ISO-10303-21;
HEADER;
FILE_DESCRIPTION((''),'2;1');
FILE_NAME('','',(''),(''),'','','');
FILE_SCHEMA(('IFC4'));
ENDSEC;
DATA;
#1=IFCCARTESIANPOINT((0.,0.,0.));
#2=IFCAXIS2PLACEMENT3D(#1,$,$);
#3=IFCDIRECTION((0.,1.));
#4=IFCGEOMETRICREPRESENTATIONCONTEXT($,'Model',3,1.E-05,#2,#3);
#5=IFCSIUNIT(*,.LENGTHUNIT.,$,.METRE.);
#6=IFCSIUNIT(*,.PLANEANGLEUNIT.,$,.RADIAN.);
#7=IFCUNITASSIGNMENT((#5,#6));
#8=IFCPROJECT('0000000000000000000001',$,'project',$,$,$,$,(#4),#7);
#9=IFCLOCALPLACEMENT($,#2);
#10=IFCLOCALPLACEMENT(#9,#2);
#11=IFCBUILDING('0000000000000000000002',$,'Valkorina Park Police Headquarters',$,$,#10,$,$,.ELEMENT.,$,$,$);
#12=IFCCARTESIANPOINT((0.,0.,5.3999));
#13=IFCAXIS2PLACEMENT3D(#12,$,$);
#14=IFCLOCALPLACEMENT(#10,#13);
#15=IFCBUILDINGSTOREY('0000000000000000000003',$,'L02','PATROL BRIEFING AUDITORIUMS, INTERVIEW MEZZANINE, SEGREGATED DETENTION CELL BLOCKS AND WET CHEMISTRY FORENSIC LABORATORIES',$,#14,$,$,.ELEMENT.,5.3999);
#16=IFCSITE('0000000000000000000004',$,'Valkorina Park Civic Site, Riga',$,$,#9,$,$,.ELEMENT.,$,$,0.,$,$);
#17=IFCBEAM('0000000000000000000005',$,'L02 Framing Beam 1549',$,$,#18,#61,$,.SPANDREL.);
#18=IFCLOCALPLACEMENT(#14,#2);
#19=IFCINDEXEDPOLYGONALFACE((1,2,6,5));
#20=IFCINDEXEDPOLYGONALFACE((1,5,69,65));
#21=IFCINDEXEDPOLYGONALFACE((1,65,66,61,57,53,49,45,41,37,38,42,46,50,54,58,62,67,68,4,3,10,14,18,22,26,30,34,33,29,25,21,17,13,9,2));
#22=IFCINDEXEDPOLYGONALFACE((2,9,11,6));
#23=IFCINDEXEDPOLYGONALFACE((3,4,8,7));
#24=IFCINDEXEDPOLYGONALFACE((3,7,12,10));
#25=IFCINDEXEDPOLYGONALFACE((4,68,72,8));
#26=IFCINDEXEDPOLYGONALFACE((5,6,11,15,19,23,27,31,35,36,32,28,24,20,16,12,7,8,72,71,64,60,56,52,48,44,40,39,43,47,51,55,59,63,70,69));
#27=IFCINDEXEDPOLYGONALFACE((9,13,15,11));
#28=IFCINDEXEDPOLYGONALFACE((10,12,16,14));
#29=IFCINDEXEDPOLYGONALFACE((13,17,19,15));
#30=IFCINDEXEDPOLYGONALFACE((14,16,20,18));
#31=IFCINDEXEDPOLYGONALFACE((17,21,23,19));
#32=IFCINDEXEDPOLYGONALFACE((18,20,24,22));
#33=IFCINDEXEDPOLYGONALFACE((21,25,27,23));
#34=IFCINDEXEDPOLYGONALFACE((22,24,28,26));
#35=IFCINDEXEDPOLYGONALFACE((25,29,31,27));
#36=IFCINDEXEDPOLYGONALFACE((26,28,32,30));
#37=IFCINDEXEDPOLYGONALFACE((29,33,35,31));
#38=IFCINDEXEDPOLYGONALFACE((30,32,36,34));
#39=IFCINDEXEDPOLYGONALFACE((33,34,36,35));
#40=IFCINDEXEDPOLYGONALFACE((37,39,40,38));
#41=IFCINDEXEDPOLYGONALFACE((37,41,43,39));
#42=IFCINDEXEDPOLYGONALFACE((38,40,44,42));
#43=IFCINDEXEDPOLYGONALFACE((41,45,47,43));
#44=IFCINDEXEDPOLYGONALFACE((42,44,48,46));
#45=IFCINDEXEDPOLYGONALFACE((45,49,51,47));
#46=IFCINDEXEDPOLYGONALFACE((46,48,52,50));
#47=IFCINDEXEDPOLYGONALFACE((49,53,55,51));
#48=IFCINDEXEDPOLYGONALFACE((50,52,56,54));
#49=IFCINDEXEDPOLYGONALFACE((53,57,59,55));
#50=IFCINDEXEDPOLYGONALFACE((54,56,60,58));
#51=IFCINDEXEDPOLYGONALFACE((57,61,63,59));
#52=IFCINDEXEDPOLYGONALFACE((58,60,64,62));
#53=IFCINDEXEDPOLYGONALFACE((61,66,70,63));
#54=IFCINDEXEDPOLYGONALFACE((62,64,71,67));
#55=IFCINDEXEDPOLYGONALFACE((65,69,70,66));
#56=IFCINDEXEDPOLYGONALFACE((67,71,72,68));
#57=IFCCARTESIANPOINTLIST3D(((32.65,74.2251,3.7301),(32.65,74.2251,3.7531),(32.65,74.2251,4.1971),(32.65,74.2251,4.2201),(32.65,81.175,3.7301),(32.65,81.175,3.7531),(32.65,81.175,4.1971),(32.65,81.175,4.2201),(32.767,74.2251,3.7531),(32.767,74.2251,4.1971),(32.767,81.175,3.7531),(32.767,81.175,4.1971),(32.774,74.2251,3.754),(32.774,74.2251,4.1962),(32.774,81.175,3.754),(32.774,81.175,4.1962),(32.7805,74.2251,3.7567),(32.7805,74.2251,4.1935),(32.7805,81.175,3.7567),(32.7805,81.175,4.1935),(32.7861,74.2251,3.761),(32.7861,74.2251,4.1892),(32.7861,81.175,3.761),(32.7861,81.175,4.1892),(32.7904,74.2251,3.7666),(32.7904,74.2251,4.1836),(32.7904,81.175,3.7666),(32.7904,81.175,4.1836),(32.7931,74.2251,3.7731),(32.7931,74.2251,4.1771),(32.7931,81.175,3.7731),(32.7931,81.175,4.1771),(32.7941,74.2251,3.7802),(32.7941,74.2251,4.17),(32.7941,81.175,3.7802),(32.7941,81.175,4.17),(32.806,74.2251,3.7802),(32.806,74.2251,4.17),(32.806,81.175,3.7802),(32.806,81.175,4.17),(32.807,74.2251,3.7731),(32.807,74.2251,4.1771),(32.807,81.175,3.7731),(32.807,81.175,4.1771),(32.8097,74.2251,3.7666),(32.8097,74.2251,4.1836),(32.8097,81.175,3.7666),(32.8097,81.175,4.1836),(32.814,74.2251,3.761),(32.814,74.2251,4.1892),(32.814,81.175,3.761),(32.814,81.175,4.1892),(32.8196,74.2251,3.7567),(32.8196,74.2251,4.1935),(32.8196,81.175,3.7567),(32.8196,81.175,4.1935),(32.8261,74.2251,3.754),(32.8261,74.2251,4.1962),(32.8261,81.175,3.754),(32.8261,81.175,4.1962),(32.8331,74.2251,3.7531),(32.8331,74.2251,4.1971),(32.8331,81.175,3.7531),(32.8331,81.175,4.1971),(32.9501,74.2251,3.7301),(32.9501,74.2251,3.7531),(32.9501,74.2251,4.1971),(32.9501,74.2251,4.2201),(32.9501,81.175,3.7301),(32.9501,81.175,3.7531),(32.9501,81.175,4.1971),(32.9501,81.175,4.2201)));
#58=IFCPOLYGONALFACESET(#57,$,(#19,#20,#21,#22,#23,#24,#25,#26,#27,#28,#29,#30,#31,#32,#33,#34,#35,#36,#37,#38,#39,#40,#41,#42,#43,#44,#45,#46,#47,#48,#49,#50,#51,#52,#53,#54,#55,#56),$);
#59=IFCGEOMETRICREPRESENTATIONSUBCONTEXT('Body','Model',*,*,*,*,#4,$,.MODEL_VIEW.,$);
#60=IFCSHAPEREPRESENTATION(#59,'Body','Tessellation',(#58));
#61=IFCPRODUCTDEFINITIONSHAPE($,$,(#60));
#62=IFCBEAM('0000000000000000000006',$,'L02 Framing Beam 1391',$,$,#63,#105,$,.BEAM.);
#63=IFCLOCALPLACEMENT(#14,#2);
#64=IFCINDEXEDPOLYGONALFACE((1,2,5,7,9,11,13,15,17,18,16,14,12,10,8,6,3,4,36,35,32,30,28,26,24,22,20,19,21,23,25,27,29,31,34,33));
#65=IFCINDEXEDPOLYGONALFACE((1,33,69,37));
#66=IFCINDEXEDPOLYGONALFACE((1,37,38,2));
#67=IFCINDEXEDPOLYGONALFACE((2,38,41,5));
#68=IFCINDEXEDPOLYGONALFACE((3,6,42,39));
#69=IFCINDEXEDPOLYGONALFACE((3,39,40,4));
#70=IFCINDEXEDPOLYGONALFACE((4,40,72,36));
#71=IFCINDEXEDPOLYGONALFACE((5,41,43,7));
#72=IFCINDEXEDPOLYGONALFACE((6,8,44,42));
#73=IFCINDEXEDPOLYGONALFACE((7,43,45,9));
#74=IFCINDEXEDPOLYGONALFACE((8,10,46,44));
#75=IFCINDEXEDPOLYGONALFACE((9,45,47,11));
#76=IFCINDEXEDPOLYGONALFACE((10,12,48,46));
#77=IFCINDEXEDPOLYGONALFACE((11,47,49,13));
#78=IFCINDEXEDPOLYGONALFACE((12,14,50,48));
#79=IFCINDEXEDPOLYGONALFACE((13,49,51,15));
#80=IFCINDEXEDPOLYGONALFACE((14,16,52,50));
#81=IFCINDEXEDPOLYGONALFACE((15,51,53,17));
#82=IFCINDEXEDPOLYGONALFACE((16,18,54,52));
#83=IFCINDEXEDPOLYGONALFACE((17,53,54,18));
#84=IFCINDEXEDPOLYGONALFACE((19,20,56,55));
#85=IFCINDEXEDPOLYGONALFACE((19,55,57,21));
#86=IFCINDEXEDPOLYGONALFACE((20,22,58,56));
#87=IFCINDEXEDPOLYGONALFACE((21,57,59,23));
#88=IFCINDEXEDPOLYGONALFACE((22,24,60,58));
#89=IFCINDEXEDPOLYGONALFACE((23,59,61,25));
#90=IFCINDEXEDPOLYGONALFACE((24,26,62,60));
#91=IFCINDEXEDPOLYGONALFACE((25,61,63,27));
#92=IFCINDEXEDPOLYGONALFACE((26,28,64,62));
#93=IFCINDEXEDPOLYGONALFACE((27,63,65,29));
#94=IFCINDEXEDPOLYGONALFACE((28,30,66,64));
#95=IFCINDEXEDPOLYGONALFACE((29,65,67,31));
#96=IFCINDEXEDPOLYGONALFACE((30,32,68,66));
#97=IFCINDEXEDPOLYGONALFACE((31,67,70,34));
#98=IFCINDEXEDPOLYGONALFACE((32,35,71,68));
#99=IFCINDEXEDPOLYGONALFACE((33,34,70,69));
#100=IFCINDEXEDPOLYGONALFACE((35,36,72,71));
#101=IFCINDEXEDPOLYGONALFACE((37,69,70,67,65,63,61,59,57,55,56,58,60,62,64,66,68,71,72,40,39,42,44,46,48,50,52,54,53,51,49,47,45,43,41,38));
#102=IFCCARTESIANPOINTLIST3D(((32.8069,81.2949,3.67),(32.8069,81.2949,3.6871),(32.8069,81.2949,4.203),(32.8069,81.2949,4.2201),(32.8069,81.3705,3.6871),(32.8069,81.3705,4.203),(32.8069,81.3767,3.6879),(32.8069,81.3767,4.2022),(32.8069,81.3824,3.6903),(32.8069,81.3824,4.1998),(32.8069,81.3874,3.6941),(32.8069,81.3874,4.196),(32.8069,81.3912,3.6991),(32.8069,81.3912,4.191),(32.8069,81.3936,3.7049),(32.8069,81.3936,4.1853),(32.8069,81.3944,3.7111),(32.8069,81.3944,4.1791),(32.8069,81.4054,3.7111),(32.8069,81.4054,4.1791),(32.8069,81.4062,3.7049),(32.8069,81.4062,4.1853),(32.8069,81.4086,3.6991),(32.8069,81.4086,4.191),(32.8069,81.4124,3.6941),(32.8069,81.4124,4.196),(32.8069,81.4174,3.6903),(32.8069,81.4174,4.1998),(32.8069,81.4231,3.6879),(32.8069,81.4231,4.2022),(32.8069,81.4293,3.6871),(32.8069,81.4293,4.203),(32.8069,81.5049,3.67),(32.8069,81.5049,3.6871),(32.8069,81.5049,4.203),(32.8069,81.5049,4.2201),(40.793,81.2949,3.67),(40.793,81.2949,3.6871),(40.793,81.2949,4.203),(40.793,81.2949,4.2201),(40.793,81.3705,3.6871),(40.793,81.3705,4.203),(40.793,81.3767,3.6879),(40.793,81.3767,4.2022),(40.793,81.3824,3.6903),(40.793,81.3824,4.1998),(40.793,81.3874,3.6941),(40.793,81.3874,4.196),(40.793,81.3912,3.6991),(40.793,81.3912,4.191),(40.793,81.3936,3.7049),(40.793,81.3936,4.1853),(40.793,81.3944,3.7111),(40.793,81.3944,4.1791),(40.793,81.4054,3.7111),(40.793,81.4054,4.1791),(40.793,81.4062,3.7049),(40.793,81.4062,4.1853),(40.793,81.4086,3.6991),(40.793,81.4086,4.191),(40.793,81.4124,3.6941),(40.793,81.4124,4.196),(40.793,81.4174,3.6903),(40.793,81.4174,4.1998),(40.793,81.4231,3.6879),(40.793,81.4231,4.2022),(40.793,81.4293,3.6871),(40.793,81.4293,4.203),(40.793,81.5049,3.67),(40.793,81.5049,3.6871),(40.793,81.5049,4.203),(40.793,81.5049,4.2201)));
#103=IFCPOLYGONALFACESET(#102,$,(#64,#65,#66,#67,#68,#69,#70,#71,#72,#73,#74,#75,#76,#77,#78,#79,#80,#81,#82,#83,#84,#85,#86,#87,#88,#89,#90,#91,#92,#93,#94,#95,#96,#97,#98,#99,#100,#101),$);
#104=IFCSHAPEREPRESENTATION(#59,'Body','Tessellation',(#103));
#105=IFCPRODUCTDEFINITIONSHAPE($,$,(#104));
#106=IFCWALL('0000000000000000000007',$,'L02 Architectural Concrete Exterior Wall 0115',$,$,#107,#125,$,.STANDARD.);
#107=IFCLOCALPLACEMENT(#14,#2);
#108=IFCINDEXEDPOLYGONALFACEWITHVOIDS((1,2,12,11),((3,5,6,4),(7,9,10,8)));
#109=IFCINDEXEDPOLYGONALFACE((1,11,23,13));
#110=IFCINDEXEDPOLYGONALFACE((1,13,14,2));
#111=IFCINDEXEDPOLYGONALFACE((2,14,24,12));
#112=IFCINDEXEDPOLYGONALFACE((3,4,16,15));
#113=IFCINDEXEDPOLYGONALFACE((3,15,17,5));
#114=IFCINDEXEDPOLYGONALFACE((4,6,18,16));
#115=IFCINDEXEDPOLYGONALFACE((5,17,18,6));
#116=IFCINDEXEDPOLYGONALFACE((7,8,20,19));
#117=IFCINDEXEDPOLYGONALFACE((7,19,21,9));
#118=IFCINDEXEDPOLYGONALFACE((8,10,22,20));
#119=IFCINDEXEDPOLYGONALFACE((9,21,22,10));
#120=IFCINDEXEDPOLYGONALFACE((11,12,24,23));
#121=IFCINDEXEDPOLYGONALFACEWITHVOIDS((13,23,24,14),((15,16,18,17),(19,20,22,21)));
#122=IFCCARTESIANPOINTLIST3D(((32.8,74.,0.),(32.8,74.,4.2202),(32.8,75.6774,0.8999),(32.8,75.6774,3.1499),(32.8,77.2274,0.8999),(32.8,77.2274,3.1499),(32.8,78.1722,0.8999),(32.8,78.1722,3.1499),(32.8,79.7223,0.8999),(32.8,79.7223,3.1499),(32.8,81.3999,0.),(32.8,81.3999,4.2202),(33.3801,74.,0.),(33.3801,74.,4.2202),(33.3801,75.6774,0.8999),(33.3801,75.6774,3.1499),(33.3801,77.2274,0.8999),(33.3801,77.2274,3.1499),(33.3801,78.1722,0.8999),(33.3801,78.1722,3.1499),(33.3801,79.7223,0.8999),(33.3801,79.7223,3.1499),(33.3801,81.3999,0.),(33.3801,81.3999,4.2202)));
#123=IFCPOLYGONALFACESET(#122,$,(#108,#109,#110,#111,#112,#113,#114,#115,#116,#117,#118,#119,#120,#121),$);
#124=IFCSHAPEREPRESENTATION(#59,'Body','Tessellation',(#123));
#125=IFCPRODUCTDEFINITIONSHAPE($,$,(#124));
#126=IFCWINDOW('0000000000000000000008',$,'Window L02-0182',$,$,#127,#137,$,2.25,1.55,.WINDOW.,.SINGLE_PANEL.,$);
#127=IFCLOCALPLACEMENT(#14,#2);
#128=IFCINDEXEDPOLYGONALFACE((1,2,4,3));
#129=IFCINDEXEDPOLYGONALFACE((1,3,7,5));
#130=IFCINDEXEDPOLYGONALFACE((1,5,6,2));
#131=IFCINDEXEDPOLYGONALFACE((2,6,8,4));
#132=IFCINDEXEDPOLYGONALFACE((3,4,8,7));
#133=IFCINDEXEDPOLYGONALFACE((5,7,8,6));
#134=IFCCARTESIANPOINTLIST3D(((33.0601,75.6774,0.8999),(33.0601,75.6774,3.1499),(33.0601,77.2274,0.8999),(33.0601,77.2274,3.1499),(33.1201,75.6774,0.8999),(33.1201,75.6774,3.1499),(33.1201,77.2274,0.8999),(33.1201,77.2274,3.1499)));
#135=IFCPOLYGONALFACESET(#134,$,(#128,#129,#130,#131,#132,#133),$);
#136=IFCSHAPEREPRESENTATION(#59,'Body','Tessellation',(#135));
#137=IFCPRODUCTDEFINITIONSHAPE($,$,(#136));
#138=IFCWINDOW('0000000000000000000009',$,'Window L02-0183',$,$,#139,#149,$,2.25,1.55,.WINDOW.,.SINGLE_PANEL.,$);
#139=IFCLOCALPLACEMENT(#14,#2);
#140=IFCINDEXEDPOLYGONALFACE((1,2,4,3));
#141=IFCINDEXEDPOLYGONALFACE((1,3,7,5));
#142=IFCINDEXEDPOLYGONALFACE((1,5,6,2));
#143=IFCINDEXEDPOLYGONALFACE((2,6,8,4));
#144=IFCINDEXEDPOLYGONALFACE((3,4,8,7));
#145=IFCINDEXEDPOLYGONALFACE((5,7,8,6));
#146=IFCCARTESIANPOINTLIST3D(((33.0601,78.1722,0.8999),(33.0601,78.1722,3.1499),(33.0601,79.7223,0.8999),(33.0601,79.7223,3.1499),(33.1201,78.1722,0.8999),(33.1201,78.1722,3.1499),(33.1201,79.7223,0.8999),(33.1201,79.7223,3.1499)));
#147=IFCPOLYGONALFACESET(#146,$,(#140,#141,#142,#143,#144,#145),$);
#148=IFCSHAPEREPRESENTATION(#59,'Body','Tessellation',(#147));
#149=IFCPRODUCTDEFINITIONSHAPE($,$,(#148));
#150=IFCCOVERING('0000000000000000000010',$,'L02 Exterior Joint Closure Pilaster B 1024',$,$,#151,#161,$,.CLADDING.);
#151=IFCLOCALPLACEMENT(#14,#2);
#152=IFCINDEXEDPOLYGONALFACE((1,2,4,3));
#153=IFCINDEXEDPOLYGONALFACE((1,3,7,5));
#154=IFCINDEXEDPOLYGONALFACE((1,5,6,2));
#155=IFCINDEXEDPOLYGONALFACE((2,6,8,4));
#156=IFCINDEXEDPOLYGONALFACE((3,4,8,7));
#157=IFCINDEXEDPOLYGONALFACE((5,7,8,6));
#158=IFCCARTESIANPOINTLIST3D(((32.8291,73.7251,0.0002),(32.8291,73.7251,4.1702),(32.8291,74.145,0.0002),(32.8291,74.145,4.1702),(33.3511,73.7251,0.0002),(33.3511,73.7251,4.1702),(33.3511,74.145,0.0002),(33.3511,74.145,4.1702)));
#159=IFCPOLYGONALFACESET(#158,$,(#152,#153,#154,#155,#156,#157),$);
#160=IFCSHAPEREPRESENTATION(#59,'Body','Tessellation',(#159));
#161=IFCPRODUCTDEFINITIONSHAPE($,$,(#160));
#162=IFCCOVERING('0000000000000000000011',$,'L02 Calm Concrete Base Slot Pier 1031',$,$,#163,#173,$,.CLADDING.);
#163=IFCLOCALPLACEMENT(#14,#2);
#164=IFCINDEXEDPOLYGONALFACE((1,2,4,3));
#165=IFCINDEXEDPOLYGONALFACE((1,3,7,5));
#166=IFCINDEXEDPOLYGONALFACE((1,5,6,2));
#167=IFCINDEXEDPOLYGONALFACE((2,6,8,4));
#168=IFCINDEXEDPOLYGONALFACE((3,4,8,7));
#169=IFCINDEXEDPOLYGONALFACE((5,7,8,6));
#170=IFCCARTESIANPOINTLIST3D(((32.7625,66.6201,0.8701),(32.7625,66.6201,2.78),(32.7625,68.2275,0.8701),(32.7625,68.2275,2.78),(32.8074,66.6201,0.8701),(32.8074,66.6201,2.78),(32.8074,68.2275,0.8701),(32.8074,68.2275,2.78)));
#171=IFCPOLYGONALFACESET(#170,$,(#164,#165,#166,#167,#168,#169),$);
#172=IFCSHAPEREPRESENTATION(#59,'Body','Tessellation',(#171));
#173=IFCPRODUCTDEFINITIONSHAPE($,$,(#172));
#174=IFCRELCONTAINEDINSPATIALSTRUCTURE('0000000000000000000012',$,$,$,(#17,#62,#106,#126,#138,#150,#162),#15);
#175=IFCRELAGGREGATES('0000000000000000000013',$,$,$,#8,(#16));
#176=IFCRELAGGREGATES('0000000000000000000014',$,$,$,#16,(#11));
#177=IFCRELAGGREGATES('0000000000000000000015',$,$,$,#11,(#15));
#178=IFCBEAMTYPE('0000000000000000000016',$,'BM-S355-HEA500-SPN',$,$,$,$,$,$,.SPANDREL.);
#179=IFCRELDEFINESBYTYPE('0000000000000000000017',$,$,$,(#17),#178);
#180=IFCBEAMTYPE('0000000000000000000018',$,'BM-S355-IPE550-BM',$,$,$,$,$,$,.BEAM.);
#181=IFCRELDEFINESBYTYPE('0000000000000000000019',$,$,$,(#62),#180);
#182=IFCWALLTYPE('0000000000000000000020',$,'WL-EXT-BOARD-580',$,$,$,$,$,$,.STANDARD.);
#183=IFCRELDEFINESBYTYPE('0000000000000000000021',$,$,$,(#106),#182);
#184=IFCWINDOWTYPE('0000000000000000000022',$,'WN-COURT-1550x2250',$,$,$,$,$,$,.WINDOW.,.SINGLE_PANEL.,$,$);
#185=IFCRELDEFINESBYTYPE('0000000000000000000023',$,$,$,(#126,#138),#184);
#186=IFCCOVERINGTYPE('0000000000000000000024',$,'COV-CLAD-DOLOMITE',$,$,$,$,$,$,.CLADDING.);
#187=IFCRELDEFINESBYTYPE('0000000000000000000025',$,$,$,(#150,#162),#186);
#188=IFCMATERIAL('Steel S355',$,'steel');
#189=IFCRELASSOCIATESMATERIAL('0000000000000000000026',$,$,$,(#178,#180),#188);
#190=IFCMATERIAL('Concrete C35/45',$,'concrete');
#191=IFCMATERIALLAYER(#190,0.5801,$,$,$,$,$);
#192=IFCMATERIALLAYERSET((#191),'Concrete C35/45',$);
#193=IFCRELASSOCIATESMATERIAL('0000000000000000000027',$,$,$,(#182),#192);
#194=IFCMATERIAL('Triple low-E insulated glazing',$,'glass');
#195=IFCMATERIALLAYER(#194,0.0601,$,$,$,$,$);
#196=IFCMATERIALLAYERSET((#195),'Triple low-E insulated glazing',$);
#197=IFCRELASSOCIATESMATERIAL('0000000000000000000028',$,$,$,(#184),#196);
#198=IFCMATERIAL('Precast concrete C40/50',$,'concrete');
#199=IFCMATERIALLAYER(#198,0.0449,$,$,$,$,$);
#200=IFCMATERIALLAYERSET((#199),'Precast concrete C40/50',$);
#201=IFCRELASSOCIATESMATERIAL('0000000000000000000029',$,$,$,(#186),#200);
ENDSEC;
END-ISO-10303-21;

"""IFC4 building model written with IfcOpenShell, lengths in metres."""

from ifc_helpers import new_model, si_unit, direction, frame, frame_2d, origin, origin_2d, place, context, subcontext, project, spatial, rectangle, i_section, extrude, material, layer, layer_set, material_profile, profile_set, type_object, element, fill, save


model = new_model("IFC4")

# Units and contexts
model_context = context("Model", 3, precision=1e-05, world=origin(), true_north=direction((0.0, 1.0)))
body_context = subcontext(model_context, "Body", "Model", "MODEL_VIEW")
ifc_project = project(units=[si_unit("LENGTHUNIT", "METRE"), si_unit("PLANEANGLEUNIT", "RADIAN")], contexts=[model_context])

# Site, building, storey
site_placement = place(None, origin())
site = spatial("IfcSite", under=ifc_project, at=site_placement, Name="Valkorina Park Civic Site, Riga", CompositionType="ELEMENT", RefElevation=0.0)
building_placement = place(site_placement, origin())
building = spatial("IfcBuilding", under=site, at=building_placement, Name="Valkorina Park Police Headquarters", CompositionType="ELEMENT")
storey_placement = place(building_placement, frame((0.0, 0.0, 5.3999)))
storey = spatial("IfcBuildingStorey", under=building, at=storey_placement, Name="L02", Description="PATROL BRIEFING AUDITORIUMS, INTERVIEW MEZZANINE, SEGREGATED DETENTION CELL BLOCKS AND WET CHEMISTRY FORENSIC LABORATORIES", CompositionType="ELEMENT", Elevation=5.3999)

# Shared definitions
ifc_material_1 = material(Name="Steel S355", Category="steel")

# Beams
ifc_material_profile_1 = material_profile(ifc_material_1, i_section(OverallWidth=0.3, OverallDepth=0.49, WebThickness=0.012, FlangeThickness=0.0229, FilletRadius=0.0271, at=origin_2d()), Name="HEA 500")
ifc_profile_set_1 = profile_set([ifc_material_profile_1], Name="Steel S355")
beam_type_1 = type_object("IfcBeamType", Name="BM-S355-HEA500-SPN", PredefinedType="SPANDREL", material=ifc_profile_set_1)
for number, where, z_axis, x_axis, name in (
    (1, (32.8, 74.2251, 3.9751), (0.0, 1.0, 0.0), (-1.0, 0.0, 0.0), "L02 Framing Beam 1549"),
):
    element("IfcBeam", number, at=place(storey_placement, frame(where, z_axis=z_axis, x_axis=x_axis)), inside=storey, type_object=beam_type_1, Name=name, PredefinedType="SPANDREL", context=body_context, shape_type="SweptSolid", body=[
        extrude(i_section(OverallWidth=0.3, OverallDepth=0.49, WebThickness=0.012, FlangeThickness=0.0229, FilletRadius=0.0271, at=origin_2d()), origin(), (0.0, 0.0, 1.0), 6.95),
    ])
ifc_material_profile_2 = material_profile(ifc_material_1, i_section(OverallWidth=0.21, OverallDepth=0.55, WebThickness=0.011, FlangeThickness=0.0171, FilletRadius=0.0239, at=origin_2d()), Name="IPE 550")
ifc_profile_set_2 = profile_set([ifc_material_profile_2], Name="Steel S355")
beam_type_2 = type_object("IfcBeamType", Name="BM-S355-IPE550-BM", PredefinedType="BEAM", material=ifc_profile_set_2)
beam_1_placement = place(storey_placement, frame((32.8069, 81.3999, 3.9451), z_axis=(1.0, 0.0, 0.0), x_axis=(0.0, 1.0, 0.0)))
element("IfcBeam", 2, at=beam_1_placement, inside=storey, type_object=beam_type_2, Name="L02 Framing Beam 1391", PredefinedType="BEAM", context=body_context, shape_type="SweptSolid", body=[
    extrude(i_section(OverallWidth=0.21, OverallDepth=0.55, WebThickness=0.011, FlangeThickness=0.0171, FilletRadius=0.0239, at=origin_2d()), origin(), (0.0, 0.0, 1.0), 7.9861),
])

# Wall, openings, windows
ifc_material_2 = material(Name="Concrete C35/45", Category="concrete")
ifc_layer_1 = layer(ifc_material_2, 0.5801)
ifc_layer_set_1 = layer_set([ifc_layer_1], Name="Concrete C35/45")
wall_type = type_object("IfcWallType", Name="WL-EXT-BOARD-580", PredefinedType="STANDARD", material=ifc_layer_set_1)
wall_placement = place(storey_placement, frame((33.0901, 74.0, 0.0), z_axis=(0.0, 0.0, 1.0), x_axis=(0.0, 1.0, 0.0)))
wall = element("IfcWall", 3, at=wall_placement, inside=storey, type_object=wall_type, Name="L02 Architectural Concrete Exterior Wall 0115", PredefinedType="STANDARD", context=body_context, shape_type="SweptSolid", body=[
    extrude(rectangle(XDim=7.3999, YDim=0.5801, at=frame_2d((3.7, 0.0))), origin(), (0.0, 0.0, 1.0), 4.2202),
])
opening_1_placement = place(wall_placement, frame((1.6775, 0.0, 0.8999)))
opening_1 = element("IfcOpeningElement", 4, at=opening_1_placement, cuts=wall, PredefinedType="OPENING", context=body_context, shape_type="SweptSolid", body=[
    extrude(rectangle(XDim=1.55, YDim=2.25, at=frame_2d((0.7749, 1.125))), frame((0.0, 0.3, 0.0), z_axis=(0.0, -1.0, 0.0), x_axis=(1.0, 0.0, 0.0)), (0.0, 0.0, 1.0), 0.6001),
])
opening_2_placement = place(wall_placement, frame((4.1724, 0.0, 0.8999)))
opening_2 = element("IfcOpeningElement", 5, at=opening_2_placement, cuts=wall, PredefinedType="OPENING", context=body_context, shape_type="SweptSolid", body=[
    extrude(rectangle(XDim=1.55, YDim=2.25, at=frame_2d((0.7749, 1.125))), frame((0.0, 0.3, 0.0), z_axis=(0.0, -1.0, 0.0), x_axis=(1.0, 0.0, 0.0)), (0.0, 0.0, 1.0), 0.6001),
])
ifc_material_3 = material(Name="Triple low-E insulated glazing", Category="glass")
ifc_layer_2 = layer(ifc_material_3, 0.0601)
ifc_layer_set_2 = layer_set([ifc_layer_2], Name="Triple low-E insulated glazing")
window_type = type_object("IfcWindowType", Name="WN-COURT-1550x2250", PartitioningType="SINGLE_PANEL", PredefinedType="WINDOW", material=ifc_layer_set_2)
window_1_placement = place(opening_1_placement, origin())
window_1 = element("IfcWindow", 6, at=window_1_placement, inside=storey, type_object=window_type, Name="Window L02-0182", OverallHeight=2.25, OverallWidth=1.55, PartitioningType="SINGLE_PANEL", PredefinedType="WINDOW", context=body_context, shape_type="SweptSolid", body=[
    extrude(rectangle(XDim=1.55, YDim=2.25, at=frame_2d((0.7749, 1.125))), frame((0.0, 0.03, 0.0), z_axis=(0.0, -1.0, 0.0), x_axis=(1.0, 0.0, 0.0)), (0.0, 0.0, 1.0), 0.0601),
])
fill(opening_1, window_1)
window_2_placement = place(opening_2_placement, origin())
window_2 = element("IfcWindow", 7, at=window_2_placement, inside=storey, type_object=window_type, Name="Window L02-0183", OverallHeight=2.25, OverallWidth=1.55, PartitioningType="SINGLE_PANEL", PredefinedType="WINDOW", context=body_context, shape_type="SweptSolid", body=[
    extrude(rectangle(XDim=1.55, YDim=2.25, at=frame_2d((0.7749, 1.125))), frame((0.0, 0.03, 0.0), z_axis=(0.0, -1.0, 0.0), x_axis=(1.0, 0.0, 0.0)), (0.0, 0.0, 1.0), 0.0601),
])
fill(opening_2, window_2)

# Coverings
ifc_material_4 = material(Name="Precast concrete C40/50", Category="concrete")
ifc_layer_3 = layer(ifc_material_4, 0.0449)
ifc_layer_set_3 = layer_set([ifc_layer_3], Name="Precast concrete C40/50")
covering_type = type_object("IfcCoveringType", Name="COV-CLAD-DOLOMITE", PredefinedType="CLADDING", material=ifc_layer_set_3)
covering_1_placement = place(storey_placement, frame((33.0901, 73.9351, 0.0002), z_axis=(0.0, 0.0, 1.0), x_axis=(0.0, 1.0, 0.0)))
element("IfcCovering", 8, at=covering_1_placement, inside=storey, type_object=covering_type, Name="L02 Exterior Joint Closure Pilaster B 1024", PredefinedType="CLADDING", context=body_context, shape_type="SweptSolid", body=[
    extrude(rectangle(XDim=0.4199, YDim=0.522, at=origin_2d()), origin(), (0.0, 0.0, 1.0), 4.1699),
])
covering_2_placement = place(storey_placement, frame((32.7849, 66.6201, 0.8701), z_axis=(0.0, 0.0, 1.0), x_axis=(0.0, 1.0, 0.0)))
element("IfcCovering", 9, at=covering_2_placement, inside=storey, type_object=covering_type, Name="L02 Calm Concrete Base Slot Pier 1031", PredefinedType="CLADDING", context=body_context, shape_type="SweptSolid", body=[
    extrude(rectangle(XDim=1.6074, YDim=0.0449, at=frame_2d((0.8037, 0.0))), origin(), (0.0, 0.0, 1.0), 1.9099),
])

save(model, "model.ifc")
